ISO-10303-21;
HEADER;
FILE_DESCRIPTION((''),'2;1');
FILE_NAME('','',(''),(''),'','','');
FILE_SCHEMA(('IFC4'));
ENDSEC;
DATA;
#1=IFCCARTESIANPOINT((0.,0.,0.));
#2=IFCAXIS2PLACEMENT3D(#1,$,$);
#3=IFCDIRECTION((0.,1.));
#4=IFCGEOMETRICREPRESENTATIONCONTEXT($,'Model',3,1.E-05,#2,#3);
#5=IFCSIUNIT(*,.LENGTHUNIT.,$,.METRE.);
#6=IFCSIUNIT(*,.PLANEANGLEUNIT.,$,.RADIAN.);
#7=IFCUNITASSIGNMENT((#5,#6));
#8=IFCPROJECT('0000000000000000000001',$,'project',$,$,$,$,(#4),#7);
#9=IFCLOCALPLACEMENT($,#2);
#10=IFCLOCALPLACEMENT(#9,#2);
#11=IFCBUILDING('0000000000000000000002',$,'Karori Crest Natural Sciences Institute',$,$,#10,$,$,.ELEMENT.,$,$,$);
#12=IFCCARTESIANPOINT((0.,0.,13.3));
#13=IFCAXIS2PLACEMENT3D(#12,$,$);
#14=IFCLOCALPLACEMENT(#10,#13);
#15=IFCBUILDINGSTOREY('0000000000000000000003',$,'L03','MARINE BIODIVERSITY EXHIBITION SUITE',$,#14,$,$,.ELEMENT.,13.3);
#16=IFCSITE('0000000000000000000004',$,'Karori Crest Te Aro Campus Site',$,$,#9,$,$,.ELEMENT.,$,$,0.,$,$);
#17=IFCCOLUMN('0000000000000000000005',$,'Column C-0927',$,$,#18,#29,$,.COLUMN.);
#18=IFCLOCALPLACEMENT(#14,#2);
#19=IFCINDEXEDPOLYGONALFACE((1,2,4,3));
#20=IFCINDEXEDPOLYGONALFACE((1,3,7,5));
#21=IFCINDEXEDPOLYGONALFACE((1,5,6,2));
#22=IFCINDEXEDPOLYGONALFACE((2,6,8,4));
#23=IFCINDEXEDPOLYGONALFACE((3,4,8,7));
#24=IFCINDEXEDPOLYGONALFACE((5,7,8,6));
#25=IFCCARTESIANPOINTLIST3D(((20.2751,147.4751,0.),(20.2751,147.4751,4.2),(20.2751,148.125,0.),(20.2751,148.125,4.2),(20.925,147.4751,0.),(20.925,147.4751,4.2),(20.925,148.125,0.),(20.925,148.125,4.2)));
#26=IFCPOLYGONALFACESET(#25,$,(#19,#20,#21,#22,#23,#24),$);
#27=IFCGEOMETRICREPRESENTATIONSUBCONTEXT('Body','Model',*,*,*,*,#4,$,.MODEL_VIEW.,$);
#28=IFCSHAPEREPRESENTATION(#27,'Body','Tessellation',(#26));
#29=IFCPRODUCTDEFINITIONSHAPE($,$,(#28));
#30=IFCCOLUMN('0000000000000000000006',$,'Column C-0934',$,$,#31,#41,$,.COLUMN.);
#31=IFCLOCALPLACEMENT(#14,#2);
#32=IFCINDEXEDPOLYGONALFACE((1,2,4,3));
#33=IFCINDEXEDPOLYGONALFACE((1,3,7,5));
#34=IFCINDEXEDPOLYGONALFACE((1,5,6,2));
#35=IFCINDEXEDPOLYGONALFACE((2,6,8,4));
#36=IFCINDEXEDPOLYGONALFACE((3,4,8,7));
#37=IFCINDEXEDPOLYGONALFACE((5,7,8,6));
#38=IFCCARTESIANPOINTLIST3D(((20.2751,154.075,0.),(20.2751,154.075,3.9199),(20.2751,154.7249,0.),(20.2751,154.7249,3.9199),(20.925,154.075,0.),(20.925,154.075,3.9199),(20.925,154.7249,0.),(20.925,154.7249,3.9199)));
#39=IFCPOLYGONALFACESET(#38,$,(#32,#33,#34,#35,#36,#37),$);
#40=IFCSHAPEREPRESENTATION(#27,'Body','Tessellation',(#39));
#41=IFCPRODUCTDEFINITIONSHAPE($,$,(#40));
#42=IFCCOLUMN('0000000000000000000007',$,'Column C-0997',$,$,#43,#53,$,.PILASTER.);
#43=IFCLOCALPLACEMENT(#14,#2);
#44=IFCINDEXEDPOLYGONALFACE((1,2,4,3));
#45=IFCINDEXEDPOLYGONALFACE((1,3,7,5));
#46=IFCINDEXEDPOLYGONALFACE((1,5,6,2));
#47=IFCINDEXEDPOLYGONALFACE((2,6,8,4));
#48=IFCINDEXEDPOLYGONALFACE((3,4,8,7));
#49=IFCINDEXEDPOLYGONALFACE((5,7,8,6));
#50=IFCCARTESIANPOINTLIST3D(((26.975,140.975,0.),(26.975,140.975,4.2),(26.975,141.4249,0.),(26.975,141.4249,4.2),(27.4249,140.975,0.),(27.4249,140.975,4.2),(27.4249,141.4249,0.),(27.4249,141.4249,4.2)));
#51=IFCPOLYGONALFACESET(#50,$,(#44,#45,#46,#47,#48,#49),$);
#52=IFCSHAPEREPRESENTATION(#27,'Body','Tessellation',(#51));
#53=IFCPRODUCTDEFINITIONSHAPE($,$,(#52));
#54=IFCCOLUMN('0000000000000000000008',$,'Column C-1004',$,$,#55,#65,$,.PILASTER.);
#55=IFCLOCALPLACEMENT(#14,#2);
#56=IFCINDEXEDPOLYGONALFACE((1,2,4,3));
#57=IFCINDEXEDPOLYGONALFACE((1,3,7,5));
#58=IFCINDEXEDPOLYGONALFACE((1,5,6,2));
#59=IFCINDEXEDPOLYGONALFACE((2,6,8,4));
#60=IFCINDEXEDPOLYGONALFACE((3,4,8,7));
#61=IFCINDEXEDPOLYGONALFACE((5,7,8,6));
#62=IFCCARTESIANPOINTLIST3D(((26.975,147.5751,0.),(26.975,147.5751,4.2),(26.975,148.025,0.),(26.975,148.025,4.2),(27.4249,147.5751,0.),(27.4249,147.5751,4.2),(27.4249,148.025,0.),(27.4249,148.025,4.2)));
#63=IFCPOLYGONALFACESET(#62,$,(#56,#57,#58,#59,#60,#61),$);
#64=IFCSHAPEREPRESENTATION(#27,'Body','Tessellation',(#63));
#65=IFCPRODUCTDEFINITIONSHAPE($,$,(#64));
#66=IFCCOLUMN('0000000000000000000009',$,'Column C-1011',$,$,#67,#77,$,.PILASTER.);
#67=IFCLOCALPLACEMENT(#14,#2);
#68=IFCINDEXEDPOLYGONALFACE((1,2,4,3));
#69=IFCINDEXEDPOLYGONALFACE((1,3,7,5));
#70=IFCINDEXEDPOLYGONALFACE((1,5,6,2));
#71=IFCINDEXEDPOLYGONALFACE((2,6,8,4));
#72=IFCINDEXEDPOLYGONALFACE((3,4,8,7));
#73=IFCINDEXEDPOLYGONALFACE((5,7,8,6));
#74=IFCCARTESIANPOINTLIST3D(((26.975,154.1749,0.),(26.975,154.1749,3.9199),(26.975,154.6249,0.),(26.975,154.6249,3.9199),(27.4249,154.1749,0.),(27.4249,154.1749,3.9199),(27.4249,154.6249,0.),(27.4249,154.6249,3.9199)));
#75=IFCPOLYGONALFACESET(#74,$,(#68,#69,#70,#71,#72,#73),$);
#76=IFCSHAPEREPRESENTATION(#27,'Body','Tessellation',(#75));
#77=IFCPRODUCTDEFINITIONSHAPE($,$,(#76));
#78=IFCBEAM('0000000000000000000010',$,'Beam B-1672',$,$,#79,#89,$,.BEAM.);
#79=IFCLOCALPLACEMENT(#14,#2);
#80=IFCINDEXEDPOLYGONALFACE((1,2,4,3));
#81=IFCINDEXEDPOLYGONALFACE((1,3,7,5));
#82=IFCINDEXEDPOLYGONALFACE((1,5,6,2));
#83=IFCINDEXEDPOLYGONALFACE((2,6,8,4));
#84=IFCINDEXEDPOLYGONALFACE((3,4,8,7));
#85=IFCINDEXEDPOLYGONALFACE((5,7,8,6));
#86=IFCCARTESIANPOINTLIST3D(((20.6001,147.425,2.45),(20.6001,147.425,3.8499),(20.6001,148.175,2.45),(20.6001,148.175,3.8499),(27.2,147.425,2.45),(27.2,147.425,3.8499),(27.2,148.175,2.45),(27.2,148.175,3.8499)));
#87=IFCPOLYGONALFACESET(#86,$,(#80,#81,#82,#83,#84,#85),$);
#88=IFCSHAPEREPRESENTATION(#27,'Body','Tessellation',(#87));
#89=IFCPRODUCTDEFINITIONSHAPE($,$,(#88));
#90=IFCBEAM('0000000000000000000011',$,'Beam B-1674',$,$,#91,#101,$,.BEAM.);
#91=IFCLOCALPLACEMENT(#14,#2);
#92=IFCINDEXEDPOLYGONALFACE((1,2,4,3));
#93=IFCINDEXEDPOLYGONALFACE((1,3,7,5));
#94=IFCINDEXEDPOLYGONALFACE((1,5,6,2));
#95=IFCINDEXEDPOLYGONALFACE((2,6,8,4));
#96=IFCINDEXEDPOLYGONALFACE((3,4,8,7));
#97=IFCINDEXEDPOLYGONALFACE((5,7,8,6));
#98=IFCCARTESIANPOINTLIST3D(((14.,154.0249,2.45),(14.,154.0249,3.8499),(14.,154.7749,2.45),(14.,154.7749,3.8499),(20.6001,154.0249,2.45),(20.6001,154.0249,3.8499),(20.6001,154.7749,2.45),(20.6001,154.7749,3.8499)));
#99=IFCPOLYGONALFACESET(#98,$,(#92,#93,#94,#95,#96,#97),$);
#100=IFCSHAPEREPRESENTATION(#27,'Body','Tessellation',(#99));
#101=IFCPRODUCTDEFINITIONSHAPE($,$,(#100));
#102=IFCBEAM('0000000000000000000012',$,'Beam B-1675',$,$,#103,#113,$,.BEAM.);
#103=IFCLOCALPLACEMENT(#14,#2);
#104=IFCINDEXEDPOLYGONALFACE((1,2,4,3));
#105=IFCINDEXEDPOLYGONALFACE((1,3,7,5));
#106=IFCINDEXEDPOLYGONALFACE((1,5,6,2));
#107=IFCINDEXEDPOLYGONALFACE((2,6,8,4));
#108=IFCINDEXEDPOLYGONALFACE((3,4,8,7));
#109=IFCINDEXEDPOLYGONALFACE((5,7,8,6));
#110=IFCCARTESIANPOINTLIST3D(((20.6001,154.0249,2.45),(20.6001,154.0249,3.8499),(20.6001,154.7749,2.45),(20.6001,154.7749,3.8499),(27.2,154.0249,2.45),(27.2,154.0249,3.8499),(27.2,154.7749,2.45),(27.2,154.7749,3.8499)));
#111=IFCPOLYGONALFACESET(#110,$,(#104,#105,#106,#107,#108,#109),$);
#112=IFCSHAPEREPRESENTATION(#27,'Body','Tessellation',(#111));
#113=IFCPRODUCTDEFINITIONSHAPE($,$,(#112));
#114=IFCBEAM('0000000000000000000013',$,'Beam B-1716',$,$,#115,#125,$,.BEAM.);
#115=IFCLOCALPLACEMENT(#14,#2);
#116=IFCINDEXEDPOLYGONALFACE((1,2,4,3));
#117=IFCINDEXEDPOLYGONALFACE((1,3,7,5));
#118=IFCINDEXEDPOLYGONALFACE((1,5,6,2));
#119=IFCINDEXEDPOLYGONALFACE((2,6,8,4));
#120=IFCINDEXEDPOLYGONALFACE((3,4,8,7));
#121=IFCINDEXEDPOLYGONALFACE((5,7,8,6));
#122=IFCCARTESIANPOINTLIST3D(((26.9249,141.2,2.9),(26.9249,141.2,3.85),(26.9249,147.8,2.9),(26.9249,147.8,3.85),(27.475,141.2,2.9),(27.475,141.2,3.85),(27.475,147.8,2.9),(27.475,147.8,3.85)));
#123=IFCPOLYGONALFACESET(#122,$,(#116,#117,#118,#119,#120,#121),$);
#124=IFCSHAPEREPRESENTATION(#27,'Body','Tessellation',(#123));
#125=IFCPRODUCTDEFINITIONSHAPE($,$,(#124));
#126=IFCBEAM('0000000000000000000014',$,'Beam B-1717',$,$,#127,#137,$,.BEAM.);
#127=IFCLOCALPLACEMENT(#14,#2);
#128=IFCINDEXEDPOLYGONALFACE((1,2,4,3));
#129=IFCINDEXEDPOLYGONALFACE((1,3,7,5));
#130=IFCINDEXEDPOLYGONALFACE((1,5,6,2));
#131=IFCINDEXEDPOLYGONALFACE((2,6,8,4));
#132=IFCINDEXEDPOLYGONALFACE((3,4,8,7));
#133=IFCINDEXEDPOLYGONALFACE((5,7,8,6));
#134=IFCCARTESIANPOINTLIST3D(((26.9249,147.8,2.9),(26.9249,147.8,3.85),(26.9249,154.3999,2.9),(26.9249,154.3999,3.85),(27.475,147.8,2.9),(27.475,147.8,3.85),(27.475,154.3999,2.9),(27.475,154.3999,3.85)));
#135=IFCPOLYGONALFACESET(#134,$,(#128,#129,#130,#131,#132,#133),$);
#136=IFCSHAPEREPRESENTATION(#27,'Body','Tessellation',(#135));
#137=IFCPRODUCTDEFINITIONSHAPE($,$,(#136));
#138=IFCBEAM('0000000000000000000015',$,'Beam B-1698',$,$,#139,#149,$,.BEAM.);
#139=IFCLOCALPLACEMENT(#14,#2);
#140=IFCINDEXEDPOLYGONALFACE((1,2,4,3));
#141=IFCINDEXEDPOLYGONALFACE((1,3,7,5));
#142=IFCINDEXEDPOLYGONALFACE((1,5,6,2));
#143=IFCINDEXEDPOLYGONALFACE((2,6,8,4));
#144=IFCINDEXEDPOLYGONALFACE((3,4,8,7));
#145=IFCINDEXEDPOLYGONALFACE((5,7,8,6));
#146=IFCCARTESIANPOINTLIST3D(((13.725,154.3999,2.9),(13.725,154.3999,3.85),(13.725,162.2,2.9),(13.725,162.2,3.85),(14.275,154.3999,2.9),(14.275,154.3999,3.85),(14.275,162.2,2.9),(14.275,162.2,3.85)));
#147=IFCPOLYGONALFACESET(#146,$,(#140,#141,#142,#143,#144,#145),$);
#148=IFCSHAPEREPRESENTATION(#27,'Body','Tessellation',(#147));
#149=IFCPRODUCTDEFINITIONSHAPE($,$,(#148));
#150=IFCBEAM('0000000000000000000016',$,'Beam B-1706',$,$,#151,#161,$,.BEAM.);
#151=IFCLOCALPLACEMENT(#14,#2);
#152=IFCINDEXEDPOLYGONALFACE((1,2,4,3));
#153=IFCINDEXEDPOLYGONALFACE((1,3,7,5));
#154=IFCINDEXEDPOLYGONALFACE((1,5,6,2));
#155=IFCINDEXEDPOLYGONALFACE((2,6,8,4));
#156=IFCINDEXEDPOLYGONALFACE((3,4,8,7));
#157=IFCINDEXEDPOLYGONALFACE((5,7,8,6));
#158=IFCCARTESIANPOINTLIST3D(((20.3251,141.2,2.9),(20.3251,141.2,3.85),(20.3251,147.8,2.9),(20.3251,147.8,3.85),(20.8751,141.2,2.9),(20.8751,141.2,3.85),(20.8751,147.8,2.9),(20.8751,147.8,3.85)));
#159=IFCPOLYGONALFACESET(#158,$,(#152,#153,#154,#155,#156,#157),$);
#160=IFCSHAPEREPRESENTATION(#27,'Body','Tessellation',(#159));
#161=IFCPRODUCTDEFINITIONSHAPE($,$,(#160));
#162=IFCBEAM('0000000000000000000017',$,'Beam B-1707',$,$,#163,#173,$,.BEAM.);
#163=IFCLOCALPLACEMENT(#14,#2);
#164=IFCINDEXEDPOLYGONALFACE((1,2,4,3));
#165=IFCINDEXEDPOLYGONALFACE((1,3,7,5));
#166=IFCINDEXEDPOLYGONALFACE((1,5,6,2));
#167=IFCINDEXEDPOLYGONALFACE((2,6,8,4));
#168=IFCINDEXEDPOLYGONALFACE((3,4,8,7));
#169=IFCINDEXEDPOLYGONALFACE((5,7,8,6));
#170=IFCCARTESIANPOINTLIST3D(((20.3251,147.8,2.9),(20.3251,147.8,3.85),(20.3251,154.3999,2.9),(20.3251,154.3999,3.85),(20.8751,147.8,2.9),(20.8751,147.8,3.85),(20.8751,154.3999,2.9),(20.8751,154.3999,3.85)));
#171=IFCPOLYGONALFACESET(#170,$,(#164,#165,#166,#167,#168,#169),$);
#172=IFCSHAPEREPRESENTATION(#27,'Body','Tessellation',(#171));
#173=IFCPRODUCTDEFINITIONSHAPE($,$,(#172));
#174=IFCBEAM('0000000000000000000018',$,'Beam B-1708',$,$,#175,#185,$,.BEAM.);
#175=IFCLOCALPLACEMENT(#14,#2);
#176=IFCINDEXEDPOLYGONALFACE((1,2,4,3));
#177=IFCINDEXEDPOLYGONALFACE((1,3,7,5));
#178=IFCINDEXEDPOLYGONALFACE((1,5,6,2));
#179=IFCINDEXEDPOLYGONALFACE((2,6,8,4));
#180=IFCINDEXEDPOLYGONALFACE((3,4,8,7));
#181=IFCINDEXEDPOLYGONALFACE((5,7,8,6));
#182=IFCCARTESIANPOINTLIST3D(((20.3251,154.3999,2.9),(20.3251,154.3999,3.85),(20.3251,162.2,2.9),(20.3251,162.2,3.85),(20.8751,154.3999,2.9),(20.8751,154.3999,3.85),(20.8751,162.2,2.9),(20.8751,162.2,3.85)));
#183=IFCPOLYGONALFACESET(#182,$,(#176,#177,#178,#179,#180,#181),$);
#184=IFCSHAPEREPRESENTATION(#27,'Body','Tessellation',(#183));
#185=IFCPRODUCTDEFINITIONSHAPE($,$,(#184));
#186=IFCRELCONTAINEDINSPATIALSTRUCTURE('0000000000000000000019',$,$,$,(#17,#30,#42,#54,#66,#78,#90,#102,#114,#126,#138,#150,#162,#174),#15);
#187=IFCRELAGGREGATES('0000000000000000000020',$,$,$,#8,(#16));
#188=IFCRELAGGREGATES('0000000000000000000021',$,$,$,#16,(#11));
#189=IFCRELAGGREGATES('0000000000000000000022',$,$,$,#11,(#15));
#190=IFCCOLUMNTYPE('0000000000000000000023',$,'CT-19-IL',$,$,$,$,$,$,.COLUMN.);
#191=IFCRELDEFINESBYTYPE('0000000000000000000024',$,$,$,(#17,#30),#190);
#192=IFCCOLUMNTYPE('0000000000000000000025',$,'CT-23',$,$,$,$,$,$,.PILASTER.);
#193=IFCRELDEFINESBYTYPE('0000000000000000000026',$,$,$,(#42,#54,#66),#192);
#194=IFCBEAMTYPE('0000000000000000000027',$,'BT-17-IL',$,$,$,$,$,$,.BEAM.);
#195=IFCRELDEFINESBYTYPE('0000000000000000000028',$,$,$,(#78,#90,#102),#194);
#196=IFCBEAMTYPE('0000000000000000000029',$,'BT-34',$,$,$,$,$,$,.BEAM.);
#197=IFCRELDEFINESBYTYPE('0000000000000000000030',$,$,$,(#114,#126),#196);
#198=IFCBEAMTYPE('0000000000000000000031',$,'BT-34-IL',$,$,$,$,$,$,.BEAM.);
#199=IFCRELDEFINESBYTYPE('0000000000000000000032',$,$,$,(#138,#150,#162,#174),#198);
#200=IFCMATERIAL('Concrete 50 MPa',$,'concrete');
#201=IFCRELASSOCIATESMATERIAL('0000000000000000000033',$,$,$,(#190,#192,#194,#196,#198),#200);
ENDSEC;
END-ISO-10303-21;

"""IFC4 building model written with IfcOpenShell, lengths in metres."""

from ifc_helpers import new_model, si_unit, direction, frame, origin, origin_2d, place, context, subcontext, project, spatial, rectangle, extrude, material, material_profile, profile_set, type_object, element, save


model = new_model("IFC4")

# Units and contexts
model_context = context("Model", 3, precision=1e-05, world=origin(), true_north=direction((0.0, 1.0)))
body_context = subcontext(model_context, "Body", "Model", "MODEL_VIEW")
ifc_project = project(units=[si_unit("LENGTHUNIT", "METRE"), si_unit("PLANEANGLEUNIT", "RADIAN")], contexts=[model_context])

# Site, building, storey
site_placement = place(None, origin())
site = spatial("IfcSite", under=ifc_project, at=site_placement, Name="Karori Crest Te Aro Campus Site", CompositionType="ELEMENT", RefElevation=0.0)
building_placement = place(site_placement, origin())
building = spatial("IfcBuilding", under=site, at=building_placement, Name="Karori Crest Natural Sciences Institute", CompositionType="ELEMENT")
storey_placement = place(building_placement, frame((0.0, 0.0, 13.3)))
storey = spatial("IfcBuildingStorey", under=building, at=storey_placement, Name="L03", Description="MARINE BIODIVERSITY EXHIBITION SUITE", CompositionType="ELEMENT", Elevation=13.3)

# Columns
ifc_material_1 = material(Name="Concrete 50 MPa", Category="concrete")
ifc_material_profile_1 = material_profile(ifc_material_1, rectangle(XDim=0.6499, YDim=0.6499, at=origin_2d()), Name="RC650x650")
ifc_profile_set_1 = profile_set([ifc_material_profile_1], Name="Concrete 50 MPa")
column_type_1 = type_object("IfcColumnType", Name="CT-19-IL", PredefinedType="COLUMN", material=ifc_profile_set_1)
column_1_placement = place(storey_placement, frame((20.6001, 147.8, 0.0), z_axis=(0.0, 0.0, 1.0), x_axis=(1.0, 0.0, 0.0)))
element("IfcColumn", 1, at=column_1_placement, inside=storey, type_object=column_type_1, Name="Column C-0927", PredefinedType="COLUMN", context=body_context, shape_type="SweptSolid", body=[
    extrude(rectangle(XDim=0.6499, YDim=0.6499, at=origin_2d()), origin(), (0.0, 0.0, 1.0), 4.2),
])
column_2_placement = place(storey_placement, frame((20.6001, 154.3999, 0.0), z_axis=(0.0, 0.0, 1.0), x_axis=(1.0, 0.0, 0.0)))
element("IfcColumn", 2, at=column_2_placement, inside=storey, type_object=column_type_1, Name="Column C-0934", PredefinedType="COLUMN", context=body_context, shape_type="SweptSolid", body=[
    extrude(rectangle(XDim=0.6499, YDim=0.6499, at=origin_2d()), origin(), (0.0, 0.0, 1.0), 3.9199),
])
ifc_material_profile_2 = material_profile(ifc_material_1, rectangle(XDim=0.45, YDim=0.45, at=origin_2d()), Name="RC450x450")
ifc_profile_set_2 = profile_set([ifc_material_profile_2], Name="Concrete 50 MPa")
column_type_2 = type_object("IfcColumnType", Name="CT-23", PredefinedType="PILASTER", material=ifc_profile_set_2)
for number, where, z_axis, x_axis, name in (
    (3, (27.2, 141.2, 0.0), (0.0, 0.0, 1.0), (1.0, 0.0, 0.0), "Column C-0997"),
    (4, (27.2, 147.8, 0.0), (0.0, 0.0, 1.0), (1.0, 0.0, 0.0), "Column C-1004"),
):
    element("IfcColumn", number, at=place(storey_placement, frame(where, z_axis=z_axis, x_axis=x_axis)), inside=storey, type_object=column_type_2, Name=name, PredefinedType="PILASTER", context=body_context, shape_type="SweptSolid", body=[
        extrude(rectangle(XDim=0.45, YDim=0.45, at=origin_2d()), origin(), (0.0, 0.0, 1.0), 4.2),
    ])
column_3_placement = place(storey_placement, frame((27.2, 154.3999, 0.0), z_axis=(0.0, 0.0, 1.0), x_axis=(1.0, 0.0, 0.0)))
element("IfcColumn", 5, at=column_3_placement, inside=storey, type_object=column_type_2, Name="Column C-1011", PredefinedType="PILASTER", context=body_context, shape_type="SweptSolid", body=[
    extrude(rectangle(XDim=0.45, YDim=0.45, at=origin_2d()), origin(), (0.0, 0.0, 1.0), 3.9199),
])

# Beams
ifc_material_profile_3 = material_profile(ifc_material_1, rectangle(XDim=0.75, YDim=1.3999, at=origin_2d()), Name="RCB750x1400")
ifc_profile_set_3 = profile_set([ifc_material_profile_3], Name="Concrete 50 MPa")
beam_type_1 = type_object("IfcBeamType", Name="BT-17-IL", PredefinedType="BEAM", material=ifc_profile_set_3)
beam_1_placement = place(storey_placement, frame((20.6001, 147.8, 3.1499), z_axis=(1.0, 0.0, 0.0), x_axis=(0.0, 1.0, 0.0)))
element("IfcBeam", 6, at=beam_1_placement, inside=storey, type_object=beam_type_1, Name="Beam B-1672", PredefinedType="BEAM", context=body_context, shape_type="SweptSolid", body=[
    extrude(rectangle(XDim=0.75, YDim=1.3999, at=origin_2d()), origin(), (0.0, 0.0, 1.0), 6.5999),
])
beam_2_placement = place(storey_placement, frame((14.0, 154.3999, 3.1499), z_axis=(1.0, 0.0, 0.0), x_axis=(0.0, 1.0, 0.0)))
element("IfcBeam", 7, at=beam_2_placement, inside=storey, type_object=beam_type_1, Name="Beam B-1674", PredefinedType="BEAM", context=body_context, shape_type="SweptSolid", body=[
    extrude(rectangle(XDim=0.75, YDim=1.3999, at=origin_2d()), origin(), (0.0, 0.0, 1.0), 6.6001),
])
beam_3_placement = place(storey_placement, frame((20.6001, 154.3999, 3.1499), z_axis=(1.0, 0.0, 0.0), x_axis=(0.0, 1.0, 0.0)))
element("IfcBeam", 8, at=beam_3_placement, inside=storey, type_object=beam_type_1, Name="Beam B-1675", PredefinedType="BEAM", context=body_context, shape_type="SweptSolid", body=[
    extrude(rectangle(XDim=0.75, YDim=1.3999, at=origin_2d()), origin(), (0.0, 0.0, 1.0), 6.5999),
])
ifc_material_profile_4 = material_profile(ifc_material_1, rectangle(XDim=0.55, YDim=0.95, at=origin_2d()), Name="RCB550x950")
ifc_profile_set_4 = profile_set([ifc_material_profile_4], Name="Concrete 50 MPa")
beam_type_2 = type_object("IfcBeamType", Name="BT-34", PredefinedType="BEAM", material=ifc_profile_set_4)
beam_4_placement = place(storey_placement, frame((27.2, 141.2, 3.375), z_axis=(0.0, 1.0, 0.0), x_axis=(-1.0, 0.0, 0.0)))
element("IfcBeam", 9, at=beam_4_placement, inside=storey, type_object=beam_type_2, Name="Beam B-1716", PredefinedType="BEAM", context=body_context, shape_type="SweptSolid", body=[
    extrude(rectangle(XDim=0.55, YDim=0.95, at=origin_2d()), origin(), (0.0, 0.0, 1.0), 6.6001),
])
beam_5_placement = place(storey_placement, frame((27.2, 147.8, 3.375), z_axis=(0.0, 1.0, 0.0), x_axis=(-1.0, 0.0, 0.0)))
element("IfcBeam", 10, at=beam_5_placement, inside=storey, type_object=beam_type_2, Name="Beam B-1717", PredefinedType="BEAM", context=body_context, shape_type="SweptSolid", body=[
    extrude(rectangle(XDim=0.55, YDim=0.95, at=origin_2d()), origin(), (0.0, 0.0, 1.0), 6.5999),
])
ifc_material_profile_5 = material_profile(ifc_material_1, rectangle(XDim=0.55, YDim=0.95, at=origin_2d()), Name="RCB550x950")
ifc_profile_set_5 = profile_set([ifc_material_profile_5], Name="Concrete 50 MPa")
beam_type_3 = type_object("IfcBeamType", Name="BT-34-IL", PredefinedType="BEAM", material=ifc_profile_set_5)
beam_6_placement = place(storey_placement, frame((14.0, 154.3999, 3.375), z_axis=(0.0, 1.0, 0.0), x_axis=(-1.0, 0.0, 0.0)))
element("IfcBeam", 11, at=beam_6_placement, inside=storey, type_object=beam_type_3, Name="Beam B-1698", PredefinedType="BEAM", context=body_context, shape_type="SweptSolid", body=[
    extrude(rectangle(XDim=0.55, YDim=0.95, at=origin_2d()), origin(), (0.0, 0.0, 1.0), 7.8),
])
beam_7_placement = place(storey_placement, frame((20.6001, 141.2, 3.375), z_axis=(0.0, 1.0, 0.0), x_axis=(-1.0, 0.0, 0.0)))
element("IfcBeam", 12, at=beam_7_placement, inside=storey, type_object=beam_type_3, Name="Beam B-1706", PredefinedType="BEAM", context=body_context, shape_type="SweptSolid", body=[
    extrude(rectangle(XDim=0.55, YDim=0.95, at=origin_2d()), origin(), (0.0, 0.0, 1.0), 6.6001),
])
beam_8_placement = place(storey_placement, frame((20.6001, 147.8, 3.375), z_axis=(0.0, 1.0, 0.0), x_axis=(-1.0, 0.0, 0.0)))
element("IfcBeam", 13, at=beam_8_placement, inside=storey, type_object=beam_type_3, Name="Beam B-1707", PredefinedType="BEAM", context=body_context, shape_type="SweptSolid", body=[
    extrude(rectangle(XDim=0.55, YDim=0.95, at=origin_2d()), origin(), (0.0, 0.0, 1.0), 6.5999),
])
beam_9_placement = place(storey_placement, frame((20.6001, 154.3999, 3.375), z_axis=(0.0, 1.0, 0.0), x_axis=(-1.0, 0.0, 0.0)))
element("IfcBeam", 14, at=beam_9_placement, inside=storey, type_object=beam_type_3, Name="Beam B-1708", PredefinedType="BEAM", context=body_context, shape_type="SweptSolid", body=[
    extrude(rectangle(XDim=0.55, YDim=0.95, at=origin_2d()), origin(), (0.0, 0.0, 1.0), 7.8),
])

save(model, "model.ifc")
